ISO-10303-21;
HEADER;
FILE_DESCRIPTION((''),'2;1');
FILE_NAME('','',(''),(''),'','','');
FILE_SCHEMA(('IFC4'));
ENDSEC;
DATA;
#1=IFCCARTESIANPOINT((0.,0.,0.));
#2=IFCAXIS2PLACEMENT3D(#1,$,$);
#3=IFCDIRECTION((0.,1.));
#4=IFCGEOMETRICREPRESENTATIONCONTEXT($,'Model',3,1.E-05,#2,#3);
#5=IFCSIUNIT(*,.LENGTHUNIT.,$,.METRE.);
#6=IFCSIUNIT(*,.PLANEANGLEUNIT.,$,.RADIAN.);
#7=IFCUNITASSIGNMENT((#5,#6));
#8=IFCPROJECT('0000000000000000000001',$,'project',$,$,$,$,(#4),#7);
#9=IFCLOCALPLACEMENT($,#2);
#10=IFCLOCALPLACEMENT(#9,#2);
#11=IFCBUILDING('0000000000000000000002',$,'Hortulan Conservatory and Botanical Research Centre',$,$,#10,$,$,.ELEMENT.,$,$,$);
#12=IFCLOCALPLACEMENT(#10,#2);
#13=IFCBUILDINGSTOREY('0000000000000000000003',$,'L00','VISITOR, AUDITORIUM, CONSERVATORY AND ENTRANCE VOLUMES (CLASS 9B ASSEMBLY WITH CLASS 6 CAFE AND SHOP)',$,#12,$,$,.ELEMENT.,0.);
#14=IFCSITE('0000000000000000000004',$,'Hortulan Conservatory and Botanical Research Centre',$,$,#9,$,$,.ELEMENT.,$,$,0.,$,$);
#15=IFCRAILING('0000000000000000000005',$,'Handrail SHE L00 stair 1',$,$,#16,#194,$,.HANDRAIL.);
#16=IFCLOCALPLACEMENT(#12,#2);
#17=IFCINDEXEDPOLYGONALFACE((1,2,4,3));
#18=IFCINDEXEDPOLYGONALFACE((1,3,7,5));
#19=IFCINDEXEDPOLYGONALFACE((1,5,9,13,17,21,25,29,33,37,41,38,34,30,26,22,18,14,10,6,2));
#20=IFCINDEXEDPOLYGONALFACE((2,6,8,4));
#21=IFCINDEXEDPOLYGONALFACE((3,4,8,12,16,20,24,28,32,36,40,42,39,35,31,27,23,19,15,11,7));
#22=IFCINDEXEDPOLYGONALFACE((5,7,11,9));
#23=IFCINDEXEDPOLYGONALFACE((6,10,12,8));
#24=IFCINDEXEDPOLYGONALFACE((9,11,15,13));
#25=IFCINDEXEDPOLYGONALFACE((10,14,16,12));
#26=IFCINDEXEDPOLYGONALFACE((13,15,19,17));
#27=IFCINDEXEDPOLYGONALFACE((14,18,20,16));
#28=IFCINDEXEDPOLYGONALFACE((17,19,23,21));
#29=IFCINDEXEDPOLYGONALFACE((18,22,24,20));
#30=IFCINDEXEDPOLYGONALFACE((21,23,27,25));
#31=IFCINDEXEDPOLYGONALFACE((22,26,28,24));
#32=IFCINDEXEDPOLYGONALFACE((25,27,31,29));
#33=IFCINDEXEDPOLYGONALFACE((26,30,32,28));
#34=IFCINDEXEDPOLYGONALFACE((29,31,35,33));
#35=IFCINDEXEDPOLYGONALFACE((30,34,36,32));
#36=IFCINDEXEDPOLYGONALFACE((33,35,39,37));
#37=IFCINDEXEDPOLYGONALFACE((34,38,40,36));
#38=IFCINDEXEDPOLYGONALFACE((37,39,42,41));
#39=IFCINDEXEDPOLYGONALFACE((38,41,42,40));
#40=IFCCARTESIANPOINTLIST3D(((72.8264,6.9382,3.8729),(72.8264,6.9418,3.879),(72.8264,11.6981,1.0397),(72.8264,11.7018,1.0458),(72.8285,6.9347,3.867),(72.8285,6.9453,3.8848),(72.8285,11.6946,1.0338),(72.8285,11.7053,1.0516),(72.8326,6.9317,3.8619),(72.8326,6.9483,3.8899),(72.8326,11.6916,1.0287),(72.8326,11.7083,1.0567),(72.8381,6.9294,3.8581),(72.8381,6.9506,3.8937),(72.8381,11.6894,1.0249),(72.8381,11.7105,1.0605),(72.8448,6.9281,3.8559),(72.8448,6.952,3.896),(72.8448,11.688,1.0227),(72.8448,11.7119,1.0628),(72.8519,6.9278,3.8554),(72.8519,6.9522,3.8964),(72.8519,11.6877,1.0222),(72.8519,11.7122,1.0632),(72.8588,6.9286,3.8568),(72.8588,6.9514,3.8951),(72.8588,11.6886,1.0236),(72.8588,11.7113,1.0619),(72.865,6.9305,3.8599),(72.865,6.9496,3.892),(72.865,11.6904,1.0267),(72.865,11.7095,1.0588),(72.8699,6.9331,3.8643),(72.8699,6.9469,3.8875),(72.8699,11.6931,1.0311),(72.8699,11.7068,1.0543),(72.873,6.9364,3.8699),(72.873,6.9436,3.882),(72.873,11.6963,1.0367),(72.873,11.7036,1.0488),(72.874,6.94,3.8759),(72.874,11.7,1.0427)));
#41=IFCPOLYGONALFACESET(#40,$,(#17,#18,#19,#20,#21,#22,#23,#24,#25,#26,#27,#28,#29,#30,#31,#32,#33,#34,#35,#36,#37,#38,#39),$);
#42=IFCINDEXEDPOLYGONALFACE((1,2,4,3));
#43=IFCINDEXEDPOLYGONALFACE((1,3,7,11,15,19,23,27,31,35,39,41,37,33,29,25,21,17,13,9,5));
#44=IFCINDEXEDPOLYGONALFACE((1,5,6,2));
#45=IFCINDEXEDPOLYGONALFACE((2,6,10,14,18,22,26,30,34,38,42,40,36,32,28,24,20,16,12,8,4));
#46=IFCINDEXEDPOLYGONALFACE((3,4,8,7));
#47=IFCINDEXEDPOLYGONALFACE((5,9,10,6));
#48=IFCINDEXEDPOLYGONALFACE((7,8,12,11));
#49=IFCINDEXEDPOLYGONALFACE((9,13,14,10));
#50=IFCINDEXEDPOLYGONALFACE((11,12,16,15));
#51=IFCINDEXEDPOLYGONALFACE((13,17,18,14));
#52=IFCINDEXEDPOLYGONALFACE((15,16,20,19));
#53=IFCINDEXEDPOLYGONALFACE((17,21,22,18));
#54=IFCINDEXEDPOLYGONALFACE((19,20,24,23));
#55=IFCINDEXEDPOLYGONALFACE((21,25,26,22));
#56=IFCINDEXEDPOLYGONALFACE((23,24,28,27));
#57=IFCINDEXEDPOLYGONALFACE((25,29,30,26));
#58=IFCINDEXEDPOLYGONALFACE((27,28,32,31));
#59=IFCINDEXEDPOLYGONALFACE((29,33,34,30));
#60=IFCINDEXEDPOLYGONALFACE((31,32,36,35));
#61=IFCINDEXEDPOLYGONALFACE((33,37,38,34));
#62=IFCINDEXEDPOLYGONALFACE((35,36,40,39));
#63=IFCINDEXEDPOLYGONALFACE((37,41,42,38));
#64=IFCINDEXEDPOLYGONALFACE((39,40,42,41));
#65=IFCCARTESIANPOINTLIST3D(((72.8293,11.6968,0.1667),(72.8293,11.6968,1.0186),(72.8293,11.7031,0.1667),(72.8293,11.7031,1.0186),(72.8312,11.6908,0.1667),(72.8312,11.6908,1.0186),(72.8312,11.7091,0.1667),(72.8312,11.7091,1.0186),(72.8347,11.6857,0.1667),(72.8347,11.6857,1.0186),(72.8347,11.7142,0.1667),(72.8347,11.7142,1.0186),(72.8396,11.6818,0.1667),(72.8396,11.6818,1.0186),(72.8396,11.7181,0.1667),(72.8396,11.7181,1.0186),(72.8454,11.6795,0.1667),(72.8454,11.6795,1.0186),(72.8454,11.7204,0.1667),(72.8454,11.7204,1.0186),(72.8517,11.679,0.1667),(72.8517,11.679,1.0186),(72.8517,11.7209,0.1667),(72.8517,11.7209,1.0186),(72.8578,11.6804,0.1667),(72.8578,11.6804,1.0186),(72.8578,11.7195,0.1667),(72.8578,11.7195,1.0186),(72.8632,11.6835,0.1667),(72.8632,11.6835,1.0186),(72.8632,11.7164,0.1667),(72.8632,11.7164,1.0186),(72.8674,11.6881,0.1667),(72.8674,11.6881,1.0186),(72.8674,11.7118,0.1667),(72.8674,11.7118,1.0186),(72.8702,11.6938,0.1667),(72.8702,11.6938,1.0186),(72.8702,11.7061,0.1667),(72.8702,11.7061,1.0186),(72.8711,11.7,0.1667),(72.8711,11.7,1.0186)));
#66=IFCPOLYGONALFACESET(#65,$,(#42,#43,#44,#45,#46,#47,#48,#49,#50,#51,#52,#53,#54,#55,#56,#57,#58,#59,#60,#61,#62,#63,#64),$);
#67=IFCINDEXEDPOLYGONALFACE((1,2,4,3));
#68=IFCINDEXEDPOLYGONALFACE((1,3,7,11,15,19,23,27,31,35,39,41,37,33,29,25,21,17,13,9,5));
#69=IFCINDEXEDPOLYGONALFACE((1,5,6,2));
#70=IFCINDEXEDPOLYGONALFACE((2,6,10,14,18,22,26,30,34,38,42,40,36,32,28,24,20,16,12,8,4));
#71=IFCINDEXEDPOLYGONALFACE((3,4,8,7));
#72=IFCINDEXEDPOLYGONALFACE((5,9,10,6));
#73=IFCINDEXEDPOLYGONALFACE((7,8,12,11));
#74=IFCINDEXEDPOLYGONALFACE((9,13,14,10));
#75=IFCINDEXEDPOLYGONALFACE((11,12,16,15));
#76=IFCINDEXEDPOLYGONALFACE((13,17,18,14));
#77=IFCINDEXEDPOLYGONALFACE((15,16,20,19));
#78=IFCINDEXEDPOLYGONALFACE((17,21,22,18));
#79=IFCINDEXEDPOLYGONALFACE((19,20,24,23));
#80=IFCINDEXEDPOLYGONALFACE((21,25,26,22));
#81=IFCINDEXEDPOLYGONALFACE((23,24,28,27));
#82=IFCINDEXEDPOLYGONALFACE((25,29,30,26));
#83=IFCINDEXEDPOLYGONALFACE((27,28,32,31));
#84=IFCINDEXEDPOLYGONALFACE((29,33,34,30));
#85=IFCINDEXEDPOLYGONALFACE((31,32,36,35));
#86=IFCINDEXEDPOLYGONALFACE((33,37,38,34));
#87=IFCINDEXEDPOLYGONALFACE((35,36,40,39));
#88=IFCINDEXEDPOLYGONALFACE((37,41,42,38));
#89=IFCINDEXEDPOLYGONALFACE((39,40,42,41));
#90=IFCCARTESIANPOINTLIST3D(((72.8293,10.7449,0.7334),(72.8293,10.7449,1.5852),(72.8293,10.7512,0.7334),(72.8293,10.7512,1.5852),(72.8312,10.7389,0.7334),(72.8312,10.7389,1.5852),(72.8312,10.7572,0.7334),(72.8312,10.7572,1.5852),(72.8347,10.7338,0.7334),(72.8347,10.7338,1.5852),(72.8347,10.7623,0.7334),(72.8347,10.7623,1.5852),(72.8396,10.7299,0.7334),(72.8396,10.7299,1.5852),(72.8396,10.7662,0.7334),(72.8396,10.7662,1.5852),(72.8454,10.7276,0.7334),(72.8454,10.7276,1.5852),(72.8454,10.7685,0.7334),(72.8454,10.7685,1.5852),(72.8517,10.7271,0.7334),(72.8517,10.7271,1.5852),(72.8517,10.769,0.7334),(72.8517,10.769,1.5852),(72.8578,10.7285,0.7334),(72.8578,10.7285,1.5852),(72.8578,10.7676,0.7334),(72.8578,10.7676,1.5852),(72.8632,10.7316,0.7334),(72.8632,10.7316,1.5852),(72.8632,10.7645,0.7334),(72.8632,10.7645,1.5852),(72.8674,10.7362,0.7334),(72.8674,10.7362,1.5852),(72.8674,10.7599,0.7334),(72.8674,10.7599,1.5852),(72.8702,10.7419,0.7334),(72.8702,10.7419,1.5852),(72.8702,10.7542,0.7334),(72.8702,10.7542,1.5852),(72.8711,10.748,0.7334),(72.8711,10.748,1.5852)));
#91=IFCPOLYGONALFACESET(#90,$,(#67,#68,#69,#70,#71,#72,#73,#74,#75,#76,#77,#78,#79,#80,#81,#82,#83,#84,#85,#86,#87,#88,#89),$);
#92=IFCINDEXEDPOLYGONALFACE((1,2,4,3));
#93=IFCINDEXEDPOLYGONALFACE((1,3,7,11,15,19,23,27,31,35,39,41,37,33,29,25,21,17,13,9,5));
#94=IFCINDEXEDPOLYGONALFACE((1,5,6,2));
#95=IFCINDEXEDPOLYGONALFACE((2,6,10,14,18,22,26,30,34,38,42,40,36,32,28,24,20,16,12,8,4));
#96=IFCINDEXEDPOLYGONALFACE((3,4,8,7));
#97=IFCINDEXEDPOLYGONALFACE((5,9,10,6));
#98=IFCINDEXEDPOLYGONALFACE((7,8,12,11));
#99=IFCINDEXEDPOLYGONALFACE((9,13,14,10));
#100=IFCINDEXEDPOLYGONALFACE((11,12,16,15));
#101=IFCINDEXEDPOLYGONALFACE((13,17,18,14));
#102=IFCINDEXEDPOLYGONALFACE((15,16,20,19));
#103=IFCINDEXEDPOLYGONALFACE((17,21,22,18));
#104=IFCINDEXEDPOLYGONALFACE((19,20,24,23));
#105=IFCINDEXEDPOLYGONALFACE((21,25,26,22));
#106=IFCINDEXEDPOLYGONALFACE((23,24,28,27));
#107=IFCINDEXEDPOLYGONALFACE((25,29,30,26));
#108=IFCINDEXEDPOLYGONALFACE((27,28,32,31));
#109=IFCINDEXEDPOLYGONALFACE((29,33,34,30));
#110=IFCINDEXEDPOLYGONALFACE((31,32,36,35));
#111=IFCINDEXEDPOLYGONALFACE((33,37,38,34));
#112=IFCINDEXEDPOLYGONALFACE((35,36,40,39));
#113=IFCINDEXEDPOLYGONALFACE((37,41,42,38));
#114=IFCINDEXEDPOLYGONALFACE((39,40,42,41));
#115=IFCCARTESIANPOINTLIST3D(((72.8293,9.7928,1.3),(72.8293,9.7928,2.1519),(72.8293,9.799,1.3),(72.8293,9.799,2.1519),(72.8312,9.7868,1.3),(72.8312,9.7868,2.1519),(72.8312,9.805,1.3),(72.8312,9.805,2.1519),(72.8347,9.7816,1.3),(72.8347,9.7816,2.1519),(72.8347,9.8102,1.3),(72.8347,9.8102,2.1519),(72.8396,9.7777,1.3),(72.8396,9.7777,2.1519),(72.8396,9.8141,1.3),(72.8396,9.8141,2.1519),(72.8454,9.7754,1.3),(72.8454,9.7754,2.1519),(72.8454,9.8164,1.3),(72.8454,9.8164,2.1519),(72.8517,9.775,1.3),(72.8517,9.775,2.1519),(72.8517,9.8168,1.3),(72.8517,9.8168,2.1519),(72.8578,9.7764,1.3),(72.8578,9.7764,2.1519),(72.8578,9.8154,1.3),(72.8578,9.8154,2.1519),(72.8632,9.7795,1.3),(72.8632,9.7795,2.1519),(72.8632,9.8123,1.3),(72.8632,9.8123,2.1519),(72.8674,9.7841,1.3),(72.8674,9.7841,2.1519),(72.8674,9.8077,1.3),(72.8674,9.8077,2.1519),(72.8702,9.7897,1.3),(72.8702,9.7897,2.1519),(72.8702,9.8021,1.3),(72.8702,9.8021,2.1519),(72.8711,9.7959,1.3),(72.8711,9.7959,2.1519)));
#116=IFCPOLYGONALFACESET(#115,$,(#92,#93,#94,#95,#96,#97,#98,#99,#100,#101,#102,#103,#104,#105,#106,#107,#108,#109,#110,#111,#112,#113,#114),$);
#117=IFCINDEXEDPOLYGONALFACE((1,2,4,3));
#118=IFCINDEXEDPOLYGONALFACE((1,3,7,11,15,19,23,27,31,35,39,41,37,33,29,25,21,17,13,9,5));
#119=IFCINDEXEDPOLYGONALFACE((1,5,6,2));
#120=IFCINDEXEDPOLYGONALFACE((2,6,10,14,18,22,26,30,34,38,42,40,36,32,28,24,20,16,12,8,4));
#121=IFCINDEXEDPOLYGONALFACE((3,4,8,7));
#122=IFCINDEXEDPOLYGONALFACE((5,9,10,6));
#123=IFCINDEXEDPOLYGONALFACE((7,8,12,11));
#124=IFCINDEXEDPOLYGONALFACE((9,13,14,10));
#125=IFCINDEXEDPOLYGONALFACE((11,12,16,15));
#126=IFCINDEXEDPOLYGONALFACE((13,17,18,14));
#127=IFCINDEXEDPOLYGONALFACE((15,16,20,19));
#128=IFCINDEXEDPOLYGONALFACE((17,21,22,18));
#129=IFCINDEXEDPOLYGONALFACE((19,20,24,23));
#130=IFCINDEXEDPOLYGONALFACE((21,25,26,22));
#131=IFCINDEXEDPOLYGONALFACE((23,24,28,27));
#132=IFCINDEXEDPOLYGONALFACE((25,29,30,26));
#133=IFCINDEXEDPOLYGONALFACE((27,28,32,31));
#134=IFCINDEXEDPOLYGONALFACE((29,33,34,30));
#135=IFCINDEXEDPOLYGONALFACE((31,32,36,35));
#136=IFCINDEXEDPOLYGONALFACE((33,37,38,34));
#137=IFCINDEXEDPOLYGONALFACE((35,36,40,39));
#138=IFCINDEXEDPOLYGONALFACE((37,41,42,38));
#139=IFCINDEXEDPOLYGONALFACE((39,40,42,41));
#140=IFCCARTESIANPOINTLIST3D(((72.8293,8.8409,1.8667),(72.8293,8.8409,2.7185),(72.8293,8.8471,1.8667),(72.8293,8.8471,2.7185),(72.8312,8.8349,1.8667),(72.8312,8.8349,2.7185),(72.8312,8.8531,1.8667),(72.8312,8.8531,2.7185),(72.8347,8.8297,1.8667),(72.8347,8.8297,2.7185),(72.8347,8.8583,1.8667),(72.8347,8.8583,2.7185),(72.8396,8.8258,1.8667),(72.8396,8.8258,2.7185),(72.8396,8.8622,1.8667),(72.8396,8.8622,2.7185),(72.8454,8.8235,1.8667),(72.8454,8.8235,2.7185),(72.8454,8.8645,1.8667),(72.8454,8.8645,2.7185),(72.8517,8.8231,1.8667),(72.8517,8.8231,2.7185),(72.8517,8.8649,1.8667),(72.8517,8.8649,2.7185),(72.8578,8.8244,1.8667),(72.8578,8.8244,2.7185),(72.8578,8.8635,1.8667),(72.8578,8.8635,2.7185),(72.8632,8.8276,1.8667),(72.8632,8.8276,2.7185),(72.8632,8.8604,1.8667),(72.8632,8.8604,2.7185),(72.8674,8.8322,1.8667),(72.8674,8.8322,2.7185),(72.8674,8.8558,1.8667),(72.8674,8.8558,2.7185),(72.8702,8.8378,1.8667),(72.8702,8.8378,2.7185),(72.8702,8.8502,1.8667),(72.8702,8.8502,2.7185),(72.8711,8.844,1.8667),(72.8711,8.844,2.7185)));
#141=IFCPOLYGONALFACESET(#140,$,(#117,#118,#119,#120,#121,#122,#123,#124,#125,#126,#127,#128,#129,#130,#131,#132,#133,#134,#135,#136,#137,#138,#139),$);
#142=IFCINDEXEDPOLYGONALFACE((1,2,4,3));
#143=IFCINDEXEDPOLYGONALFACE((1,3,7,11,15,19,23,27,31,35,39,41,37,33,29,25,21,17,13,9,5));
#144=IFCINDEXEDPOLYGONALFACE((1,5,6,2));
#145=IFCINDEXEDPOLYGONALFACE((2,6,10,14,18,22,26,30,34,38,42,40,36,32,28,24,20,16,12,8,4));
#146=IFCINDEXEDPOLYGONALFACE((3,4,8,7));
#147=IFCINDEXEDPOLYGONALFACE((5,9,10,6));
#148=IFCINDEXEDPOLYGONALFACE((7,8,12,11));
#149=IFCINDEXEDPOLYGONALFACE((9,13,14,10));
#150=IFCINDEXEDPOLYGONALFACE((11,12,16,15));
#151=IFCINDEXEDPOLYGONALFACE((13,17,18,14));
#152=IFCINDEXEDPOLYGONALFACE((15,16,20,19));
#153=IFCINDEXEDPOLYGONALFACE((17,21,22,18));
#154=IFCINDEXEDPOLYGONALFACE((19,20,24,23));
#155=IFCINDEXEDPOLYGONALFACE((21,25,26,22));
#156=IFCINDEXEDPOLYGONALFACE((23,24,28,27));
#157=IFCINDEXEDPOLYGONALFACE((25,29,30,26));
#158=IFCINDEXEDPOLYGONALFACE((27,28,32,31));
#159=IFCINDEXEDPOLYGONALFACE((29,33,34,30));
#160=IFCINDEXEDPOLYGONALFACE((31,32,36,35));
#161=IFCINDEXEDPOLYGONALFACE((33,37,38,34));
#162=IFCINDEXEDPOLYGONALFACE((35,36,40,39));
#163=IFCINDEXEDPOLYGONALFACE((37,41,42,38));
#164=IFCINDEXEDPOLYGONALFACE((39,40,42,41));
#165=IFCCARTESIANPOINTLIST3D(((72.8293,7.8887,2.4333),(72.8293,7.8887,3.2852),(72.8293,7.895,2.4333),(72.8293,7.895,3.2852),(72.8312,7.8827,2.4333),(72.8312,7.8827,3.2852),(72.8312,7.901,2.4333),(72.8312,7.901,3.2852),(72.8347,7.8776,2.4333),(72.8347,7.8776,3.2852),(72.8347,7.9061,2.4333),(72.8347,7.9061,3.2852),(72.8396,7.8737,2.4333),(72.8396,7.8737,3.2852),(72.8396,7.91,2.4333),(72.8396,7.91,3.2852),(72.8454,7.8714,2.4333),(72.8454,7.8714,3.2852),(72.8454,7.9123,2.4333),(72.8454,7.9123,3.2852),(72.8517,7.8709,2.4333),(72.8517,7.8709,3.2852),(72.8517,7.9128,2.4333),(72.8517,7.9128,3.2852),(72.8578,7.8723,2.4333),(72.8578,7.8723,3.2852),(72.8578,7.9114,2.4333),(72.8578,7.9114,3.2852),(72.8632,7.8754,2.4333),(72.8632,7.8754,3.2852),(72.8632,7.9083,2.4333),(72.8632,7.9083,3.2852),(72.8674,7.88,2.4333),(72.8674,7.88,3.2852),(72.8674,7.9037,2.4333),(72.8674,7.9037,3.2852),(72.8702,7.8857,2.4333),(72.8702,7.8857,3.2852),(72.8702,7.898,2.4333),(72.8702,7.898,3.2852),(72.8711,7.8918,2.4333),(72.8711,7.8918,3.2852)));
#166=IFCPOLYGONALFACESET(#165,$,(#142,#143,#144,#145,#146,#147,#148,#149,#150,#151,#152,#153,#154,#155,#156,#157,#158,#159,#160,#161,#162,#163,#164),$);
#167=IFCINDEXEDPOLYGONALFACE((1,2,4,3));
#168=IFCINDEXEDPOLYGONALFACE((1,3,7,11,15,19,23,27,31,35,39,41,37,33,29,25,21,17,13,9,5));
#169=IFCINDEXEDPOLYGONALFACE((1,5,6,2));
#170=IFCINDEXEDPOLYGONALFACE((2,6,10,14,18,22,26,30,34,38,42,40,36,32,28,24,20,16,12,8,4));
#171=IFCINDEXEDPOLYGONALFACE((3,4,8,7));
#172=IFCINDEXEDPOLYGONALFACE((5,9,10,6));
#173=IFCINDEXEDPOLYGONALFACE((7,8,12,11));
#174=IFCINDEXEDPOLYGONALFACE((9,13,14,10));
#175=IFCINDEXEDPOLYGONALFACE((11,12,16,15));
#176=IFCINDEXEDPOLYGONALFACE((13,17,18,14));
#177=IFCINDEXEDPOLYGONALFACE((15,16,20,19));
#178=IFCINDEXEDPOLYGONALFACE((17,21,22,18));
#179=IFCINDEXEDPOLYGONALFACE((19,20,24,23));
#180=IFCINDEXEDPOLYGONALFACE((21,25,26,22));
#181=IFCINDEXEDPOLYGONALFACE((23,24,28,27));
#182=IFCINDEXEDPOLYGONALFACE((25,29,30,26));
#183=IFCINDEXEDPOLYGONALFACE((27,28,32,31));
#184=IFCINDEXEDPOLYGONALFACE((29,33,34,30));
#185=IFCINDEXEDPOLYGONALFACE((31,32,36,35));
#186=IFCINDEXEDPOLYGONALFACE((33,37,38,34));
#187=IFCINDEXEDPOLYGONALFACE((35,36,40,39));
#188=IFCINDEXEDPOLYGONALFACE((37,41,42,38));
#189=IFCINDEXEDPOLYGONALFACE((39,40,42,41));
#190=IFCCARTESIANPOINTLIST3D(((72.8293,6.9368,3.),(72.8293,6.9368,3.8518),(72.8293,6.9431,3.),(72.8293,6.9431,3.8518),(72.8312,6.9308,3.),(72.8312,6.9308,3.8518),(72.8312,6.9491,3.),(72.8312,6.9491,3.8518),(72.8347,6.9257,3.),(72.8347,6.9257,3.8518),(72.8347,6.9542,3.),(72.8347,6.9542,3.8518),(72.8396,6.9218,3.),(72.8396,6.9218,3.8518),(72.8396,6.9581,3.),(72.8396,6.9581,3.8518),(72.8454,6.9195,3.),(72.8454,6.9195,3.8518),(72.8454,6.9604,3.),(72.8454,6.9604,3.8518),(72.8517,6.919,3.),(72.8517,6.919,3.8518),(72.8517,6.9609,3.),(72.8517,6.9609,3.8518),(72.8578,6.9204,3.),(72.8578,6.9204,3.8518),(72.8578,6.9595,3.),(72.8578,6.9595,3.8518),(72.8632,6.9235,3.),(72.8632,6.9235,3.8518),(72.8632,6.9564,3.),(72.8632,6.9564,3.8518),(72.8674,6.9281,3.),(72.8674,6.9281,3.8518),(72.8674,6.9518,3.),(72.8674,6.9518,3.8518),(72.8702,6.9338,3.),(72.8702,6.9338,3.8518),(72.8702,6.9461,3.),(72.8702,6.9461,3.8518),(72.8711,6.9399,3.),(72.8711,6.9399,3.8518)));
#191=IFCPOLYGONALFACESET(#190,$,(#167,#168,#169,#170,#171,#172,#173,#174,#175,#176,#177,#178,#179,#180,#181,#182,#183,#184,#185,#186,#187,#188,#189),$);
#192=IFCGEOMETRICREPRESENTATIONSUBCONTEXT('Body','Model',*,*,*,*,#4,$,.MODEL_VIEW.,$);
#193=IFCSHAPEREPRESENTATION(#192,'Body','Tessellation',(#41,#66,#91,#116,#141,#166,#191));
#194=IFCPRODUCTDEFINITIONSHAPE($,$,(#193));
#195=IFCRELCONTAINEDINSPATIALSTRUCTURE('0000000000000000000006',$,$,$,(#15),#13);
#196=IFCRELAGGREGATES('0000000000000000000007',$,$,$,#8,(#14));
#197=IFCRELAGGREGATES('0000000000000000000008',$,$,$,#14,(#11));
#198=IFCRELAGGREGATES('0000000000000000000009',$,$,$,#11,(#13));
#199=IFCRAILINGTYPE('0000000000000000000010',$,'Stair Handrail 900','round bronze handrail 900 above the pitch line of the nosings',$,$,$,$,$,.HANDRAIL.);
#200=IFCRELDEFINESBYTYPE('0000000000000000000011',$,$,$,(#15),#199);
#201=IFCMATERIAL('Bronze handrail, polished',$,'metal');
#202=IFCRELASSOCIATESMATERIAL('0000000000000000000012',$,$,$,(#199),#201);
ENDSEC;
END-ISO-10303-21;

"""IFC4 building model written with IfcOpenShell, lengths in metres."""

from ifc_helpers import new_model, si_unit, direction, frame, origin, origin_2d, place, context, subcontext, project, spatial, circle, extrude, material, type_object, element, save


model = new_model("IFC4")

# Units and contexts
model_context = context("Model", 3, precision=1e-05, world=origin(), true_north=direction((0.0, 1.0)))
body_context = subcontext(model_context, "Body", "Model", "MODEL_VIEW")
ifc_project = project(units=[si_unit("LENGTHUNIT", "METRE"), si_unit("PLANEANGLEUNIT", "RADIAN")], contexts=[model_context])

# Site, building, storey
site_placement = place(None, origin())
site = spatial("IfcSite", under=ifc_project, at=site_placement, Name="Hortulan Conservatory and Botanical Research Centre", CompositionType="ELEMENT", RefElevation=0.0)
building_placement = place(site_placement, origin())
building = spatial("IfcBuilding", under=site, at=building_placement, Name="Hortulan Conservatory and Botanical Research Centre", CompositionType="ELEMENT")
storey_placement = place(building_placement, origin())
storey = spatial("IfcBuildingStorey", under=building, at=storey_placement, Name="L00", Description="VISITOR, AUDITORIUM, CONSERVATORY AND ENTRANCE VOLUMES (CLASS 9B ASSEMBLY WITH CLASS 6 CAFE AND SHOP)", CompositionType="ELEMENT", Elevation=0.0)

# Railing
ifc_material_1 = material(Name="Bronze handrail, polished", Category="metal")
railing_type_1 = type_object("IfcRailingType", Name="Stair Handrail 900", Description="round bronze handrail 900 above the pitch line of the nosings", PredefinedType="HANDRAIL", material=ifc_material_1)
for number, where, name in (
    (1, (72.8501, 11.7, 0.1667), "Handrail SHE L00 stair 1"),
):
    element("IfcRailing", number, at=place(storey_placement, frame(where)), inside=storey, type_object=railing_type_1, Name=name, PredefinedType="HANDRAIL", context=body_context, shape_type="SweptSolid", body=[
        extrude(circle(Radius=0.0239, at=origin_2d()), frame((0.0, 0.0, 0.876), z_axis=(0.0, -0.8593, 0.511472), x_axis=(1.0, 0.0, 0.0)), (0.0, 0.0, 1.0), 5.5393),
        extrude(circle(Radius=0.021, at=origin_2d()), origin(), (0.0, 0.0, 1.0), 0.8518),
        extrude(circle(Radius=0.021, at=origin_2d()), frame((0.0, -0.9519, 0.5667)), (0.0, 0.0, 1.0), 0.8518),
        extrude(circle(Radius=0.021, at=origin_2d()), frame((0.0, -1.9041, 1.1333)), (0.0, 0.0, 1.0), 0.8518),
        extrude(circle(Radius=0.021, at=origin_2d()), frame((0.0, -2.856, 1.7)), (0.0, 0.0, 1.0), 0.8518),
        extrude(circle(Radius=0.021, at=origin_2d()), frame((0.0, -3.8081, 2.2666)), (0.0, 0.0, 1.0), 0.8518),
        extrude(circle(Radius=0.021, at=origin_2d()), frame((0.0, -4.76, 2.8333)), (0.0, 0.0, 1.0), 0.8518),
    ])

save(model, "model.ifc")
